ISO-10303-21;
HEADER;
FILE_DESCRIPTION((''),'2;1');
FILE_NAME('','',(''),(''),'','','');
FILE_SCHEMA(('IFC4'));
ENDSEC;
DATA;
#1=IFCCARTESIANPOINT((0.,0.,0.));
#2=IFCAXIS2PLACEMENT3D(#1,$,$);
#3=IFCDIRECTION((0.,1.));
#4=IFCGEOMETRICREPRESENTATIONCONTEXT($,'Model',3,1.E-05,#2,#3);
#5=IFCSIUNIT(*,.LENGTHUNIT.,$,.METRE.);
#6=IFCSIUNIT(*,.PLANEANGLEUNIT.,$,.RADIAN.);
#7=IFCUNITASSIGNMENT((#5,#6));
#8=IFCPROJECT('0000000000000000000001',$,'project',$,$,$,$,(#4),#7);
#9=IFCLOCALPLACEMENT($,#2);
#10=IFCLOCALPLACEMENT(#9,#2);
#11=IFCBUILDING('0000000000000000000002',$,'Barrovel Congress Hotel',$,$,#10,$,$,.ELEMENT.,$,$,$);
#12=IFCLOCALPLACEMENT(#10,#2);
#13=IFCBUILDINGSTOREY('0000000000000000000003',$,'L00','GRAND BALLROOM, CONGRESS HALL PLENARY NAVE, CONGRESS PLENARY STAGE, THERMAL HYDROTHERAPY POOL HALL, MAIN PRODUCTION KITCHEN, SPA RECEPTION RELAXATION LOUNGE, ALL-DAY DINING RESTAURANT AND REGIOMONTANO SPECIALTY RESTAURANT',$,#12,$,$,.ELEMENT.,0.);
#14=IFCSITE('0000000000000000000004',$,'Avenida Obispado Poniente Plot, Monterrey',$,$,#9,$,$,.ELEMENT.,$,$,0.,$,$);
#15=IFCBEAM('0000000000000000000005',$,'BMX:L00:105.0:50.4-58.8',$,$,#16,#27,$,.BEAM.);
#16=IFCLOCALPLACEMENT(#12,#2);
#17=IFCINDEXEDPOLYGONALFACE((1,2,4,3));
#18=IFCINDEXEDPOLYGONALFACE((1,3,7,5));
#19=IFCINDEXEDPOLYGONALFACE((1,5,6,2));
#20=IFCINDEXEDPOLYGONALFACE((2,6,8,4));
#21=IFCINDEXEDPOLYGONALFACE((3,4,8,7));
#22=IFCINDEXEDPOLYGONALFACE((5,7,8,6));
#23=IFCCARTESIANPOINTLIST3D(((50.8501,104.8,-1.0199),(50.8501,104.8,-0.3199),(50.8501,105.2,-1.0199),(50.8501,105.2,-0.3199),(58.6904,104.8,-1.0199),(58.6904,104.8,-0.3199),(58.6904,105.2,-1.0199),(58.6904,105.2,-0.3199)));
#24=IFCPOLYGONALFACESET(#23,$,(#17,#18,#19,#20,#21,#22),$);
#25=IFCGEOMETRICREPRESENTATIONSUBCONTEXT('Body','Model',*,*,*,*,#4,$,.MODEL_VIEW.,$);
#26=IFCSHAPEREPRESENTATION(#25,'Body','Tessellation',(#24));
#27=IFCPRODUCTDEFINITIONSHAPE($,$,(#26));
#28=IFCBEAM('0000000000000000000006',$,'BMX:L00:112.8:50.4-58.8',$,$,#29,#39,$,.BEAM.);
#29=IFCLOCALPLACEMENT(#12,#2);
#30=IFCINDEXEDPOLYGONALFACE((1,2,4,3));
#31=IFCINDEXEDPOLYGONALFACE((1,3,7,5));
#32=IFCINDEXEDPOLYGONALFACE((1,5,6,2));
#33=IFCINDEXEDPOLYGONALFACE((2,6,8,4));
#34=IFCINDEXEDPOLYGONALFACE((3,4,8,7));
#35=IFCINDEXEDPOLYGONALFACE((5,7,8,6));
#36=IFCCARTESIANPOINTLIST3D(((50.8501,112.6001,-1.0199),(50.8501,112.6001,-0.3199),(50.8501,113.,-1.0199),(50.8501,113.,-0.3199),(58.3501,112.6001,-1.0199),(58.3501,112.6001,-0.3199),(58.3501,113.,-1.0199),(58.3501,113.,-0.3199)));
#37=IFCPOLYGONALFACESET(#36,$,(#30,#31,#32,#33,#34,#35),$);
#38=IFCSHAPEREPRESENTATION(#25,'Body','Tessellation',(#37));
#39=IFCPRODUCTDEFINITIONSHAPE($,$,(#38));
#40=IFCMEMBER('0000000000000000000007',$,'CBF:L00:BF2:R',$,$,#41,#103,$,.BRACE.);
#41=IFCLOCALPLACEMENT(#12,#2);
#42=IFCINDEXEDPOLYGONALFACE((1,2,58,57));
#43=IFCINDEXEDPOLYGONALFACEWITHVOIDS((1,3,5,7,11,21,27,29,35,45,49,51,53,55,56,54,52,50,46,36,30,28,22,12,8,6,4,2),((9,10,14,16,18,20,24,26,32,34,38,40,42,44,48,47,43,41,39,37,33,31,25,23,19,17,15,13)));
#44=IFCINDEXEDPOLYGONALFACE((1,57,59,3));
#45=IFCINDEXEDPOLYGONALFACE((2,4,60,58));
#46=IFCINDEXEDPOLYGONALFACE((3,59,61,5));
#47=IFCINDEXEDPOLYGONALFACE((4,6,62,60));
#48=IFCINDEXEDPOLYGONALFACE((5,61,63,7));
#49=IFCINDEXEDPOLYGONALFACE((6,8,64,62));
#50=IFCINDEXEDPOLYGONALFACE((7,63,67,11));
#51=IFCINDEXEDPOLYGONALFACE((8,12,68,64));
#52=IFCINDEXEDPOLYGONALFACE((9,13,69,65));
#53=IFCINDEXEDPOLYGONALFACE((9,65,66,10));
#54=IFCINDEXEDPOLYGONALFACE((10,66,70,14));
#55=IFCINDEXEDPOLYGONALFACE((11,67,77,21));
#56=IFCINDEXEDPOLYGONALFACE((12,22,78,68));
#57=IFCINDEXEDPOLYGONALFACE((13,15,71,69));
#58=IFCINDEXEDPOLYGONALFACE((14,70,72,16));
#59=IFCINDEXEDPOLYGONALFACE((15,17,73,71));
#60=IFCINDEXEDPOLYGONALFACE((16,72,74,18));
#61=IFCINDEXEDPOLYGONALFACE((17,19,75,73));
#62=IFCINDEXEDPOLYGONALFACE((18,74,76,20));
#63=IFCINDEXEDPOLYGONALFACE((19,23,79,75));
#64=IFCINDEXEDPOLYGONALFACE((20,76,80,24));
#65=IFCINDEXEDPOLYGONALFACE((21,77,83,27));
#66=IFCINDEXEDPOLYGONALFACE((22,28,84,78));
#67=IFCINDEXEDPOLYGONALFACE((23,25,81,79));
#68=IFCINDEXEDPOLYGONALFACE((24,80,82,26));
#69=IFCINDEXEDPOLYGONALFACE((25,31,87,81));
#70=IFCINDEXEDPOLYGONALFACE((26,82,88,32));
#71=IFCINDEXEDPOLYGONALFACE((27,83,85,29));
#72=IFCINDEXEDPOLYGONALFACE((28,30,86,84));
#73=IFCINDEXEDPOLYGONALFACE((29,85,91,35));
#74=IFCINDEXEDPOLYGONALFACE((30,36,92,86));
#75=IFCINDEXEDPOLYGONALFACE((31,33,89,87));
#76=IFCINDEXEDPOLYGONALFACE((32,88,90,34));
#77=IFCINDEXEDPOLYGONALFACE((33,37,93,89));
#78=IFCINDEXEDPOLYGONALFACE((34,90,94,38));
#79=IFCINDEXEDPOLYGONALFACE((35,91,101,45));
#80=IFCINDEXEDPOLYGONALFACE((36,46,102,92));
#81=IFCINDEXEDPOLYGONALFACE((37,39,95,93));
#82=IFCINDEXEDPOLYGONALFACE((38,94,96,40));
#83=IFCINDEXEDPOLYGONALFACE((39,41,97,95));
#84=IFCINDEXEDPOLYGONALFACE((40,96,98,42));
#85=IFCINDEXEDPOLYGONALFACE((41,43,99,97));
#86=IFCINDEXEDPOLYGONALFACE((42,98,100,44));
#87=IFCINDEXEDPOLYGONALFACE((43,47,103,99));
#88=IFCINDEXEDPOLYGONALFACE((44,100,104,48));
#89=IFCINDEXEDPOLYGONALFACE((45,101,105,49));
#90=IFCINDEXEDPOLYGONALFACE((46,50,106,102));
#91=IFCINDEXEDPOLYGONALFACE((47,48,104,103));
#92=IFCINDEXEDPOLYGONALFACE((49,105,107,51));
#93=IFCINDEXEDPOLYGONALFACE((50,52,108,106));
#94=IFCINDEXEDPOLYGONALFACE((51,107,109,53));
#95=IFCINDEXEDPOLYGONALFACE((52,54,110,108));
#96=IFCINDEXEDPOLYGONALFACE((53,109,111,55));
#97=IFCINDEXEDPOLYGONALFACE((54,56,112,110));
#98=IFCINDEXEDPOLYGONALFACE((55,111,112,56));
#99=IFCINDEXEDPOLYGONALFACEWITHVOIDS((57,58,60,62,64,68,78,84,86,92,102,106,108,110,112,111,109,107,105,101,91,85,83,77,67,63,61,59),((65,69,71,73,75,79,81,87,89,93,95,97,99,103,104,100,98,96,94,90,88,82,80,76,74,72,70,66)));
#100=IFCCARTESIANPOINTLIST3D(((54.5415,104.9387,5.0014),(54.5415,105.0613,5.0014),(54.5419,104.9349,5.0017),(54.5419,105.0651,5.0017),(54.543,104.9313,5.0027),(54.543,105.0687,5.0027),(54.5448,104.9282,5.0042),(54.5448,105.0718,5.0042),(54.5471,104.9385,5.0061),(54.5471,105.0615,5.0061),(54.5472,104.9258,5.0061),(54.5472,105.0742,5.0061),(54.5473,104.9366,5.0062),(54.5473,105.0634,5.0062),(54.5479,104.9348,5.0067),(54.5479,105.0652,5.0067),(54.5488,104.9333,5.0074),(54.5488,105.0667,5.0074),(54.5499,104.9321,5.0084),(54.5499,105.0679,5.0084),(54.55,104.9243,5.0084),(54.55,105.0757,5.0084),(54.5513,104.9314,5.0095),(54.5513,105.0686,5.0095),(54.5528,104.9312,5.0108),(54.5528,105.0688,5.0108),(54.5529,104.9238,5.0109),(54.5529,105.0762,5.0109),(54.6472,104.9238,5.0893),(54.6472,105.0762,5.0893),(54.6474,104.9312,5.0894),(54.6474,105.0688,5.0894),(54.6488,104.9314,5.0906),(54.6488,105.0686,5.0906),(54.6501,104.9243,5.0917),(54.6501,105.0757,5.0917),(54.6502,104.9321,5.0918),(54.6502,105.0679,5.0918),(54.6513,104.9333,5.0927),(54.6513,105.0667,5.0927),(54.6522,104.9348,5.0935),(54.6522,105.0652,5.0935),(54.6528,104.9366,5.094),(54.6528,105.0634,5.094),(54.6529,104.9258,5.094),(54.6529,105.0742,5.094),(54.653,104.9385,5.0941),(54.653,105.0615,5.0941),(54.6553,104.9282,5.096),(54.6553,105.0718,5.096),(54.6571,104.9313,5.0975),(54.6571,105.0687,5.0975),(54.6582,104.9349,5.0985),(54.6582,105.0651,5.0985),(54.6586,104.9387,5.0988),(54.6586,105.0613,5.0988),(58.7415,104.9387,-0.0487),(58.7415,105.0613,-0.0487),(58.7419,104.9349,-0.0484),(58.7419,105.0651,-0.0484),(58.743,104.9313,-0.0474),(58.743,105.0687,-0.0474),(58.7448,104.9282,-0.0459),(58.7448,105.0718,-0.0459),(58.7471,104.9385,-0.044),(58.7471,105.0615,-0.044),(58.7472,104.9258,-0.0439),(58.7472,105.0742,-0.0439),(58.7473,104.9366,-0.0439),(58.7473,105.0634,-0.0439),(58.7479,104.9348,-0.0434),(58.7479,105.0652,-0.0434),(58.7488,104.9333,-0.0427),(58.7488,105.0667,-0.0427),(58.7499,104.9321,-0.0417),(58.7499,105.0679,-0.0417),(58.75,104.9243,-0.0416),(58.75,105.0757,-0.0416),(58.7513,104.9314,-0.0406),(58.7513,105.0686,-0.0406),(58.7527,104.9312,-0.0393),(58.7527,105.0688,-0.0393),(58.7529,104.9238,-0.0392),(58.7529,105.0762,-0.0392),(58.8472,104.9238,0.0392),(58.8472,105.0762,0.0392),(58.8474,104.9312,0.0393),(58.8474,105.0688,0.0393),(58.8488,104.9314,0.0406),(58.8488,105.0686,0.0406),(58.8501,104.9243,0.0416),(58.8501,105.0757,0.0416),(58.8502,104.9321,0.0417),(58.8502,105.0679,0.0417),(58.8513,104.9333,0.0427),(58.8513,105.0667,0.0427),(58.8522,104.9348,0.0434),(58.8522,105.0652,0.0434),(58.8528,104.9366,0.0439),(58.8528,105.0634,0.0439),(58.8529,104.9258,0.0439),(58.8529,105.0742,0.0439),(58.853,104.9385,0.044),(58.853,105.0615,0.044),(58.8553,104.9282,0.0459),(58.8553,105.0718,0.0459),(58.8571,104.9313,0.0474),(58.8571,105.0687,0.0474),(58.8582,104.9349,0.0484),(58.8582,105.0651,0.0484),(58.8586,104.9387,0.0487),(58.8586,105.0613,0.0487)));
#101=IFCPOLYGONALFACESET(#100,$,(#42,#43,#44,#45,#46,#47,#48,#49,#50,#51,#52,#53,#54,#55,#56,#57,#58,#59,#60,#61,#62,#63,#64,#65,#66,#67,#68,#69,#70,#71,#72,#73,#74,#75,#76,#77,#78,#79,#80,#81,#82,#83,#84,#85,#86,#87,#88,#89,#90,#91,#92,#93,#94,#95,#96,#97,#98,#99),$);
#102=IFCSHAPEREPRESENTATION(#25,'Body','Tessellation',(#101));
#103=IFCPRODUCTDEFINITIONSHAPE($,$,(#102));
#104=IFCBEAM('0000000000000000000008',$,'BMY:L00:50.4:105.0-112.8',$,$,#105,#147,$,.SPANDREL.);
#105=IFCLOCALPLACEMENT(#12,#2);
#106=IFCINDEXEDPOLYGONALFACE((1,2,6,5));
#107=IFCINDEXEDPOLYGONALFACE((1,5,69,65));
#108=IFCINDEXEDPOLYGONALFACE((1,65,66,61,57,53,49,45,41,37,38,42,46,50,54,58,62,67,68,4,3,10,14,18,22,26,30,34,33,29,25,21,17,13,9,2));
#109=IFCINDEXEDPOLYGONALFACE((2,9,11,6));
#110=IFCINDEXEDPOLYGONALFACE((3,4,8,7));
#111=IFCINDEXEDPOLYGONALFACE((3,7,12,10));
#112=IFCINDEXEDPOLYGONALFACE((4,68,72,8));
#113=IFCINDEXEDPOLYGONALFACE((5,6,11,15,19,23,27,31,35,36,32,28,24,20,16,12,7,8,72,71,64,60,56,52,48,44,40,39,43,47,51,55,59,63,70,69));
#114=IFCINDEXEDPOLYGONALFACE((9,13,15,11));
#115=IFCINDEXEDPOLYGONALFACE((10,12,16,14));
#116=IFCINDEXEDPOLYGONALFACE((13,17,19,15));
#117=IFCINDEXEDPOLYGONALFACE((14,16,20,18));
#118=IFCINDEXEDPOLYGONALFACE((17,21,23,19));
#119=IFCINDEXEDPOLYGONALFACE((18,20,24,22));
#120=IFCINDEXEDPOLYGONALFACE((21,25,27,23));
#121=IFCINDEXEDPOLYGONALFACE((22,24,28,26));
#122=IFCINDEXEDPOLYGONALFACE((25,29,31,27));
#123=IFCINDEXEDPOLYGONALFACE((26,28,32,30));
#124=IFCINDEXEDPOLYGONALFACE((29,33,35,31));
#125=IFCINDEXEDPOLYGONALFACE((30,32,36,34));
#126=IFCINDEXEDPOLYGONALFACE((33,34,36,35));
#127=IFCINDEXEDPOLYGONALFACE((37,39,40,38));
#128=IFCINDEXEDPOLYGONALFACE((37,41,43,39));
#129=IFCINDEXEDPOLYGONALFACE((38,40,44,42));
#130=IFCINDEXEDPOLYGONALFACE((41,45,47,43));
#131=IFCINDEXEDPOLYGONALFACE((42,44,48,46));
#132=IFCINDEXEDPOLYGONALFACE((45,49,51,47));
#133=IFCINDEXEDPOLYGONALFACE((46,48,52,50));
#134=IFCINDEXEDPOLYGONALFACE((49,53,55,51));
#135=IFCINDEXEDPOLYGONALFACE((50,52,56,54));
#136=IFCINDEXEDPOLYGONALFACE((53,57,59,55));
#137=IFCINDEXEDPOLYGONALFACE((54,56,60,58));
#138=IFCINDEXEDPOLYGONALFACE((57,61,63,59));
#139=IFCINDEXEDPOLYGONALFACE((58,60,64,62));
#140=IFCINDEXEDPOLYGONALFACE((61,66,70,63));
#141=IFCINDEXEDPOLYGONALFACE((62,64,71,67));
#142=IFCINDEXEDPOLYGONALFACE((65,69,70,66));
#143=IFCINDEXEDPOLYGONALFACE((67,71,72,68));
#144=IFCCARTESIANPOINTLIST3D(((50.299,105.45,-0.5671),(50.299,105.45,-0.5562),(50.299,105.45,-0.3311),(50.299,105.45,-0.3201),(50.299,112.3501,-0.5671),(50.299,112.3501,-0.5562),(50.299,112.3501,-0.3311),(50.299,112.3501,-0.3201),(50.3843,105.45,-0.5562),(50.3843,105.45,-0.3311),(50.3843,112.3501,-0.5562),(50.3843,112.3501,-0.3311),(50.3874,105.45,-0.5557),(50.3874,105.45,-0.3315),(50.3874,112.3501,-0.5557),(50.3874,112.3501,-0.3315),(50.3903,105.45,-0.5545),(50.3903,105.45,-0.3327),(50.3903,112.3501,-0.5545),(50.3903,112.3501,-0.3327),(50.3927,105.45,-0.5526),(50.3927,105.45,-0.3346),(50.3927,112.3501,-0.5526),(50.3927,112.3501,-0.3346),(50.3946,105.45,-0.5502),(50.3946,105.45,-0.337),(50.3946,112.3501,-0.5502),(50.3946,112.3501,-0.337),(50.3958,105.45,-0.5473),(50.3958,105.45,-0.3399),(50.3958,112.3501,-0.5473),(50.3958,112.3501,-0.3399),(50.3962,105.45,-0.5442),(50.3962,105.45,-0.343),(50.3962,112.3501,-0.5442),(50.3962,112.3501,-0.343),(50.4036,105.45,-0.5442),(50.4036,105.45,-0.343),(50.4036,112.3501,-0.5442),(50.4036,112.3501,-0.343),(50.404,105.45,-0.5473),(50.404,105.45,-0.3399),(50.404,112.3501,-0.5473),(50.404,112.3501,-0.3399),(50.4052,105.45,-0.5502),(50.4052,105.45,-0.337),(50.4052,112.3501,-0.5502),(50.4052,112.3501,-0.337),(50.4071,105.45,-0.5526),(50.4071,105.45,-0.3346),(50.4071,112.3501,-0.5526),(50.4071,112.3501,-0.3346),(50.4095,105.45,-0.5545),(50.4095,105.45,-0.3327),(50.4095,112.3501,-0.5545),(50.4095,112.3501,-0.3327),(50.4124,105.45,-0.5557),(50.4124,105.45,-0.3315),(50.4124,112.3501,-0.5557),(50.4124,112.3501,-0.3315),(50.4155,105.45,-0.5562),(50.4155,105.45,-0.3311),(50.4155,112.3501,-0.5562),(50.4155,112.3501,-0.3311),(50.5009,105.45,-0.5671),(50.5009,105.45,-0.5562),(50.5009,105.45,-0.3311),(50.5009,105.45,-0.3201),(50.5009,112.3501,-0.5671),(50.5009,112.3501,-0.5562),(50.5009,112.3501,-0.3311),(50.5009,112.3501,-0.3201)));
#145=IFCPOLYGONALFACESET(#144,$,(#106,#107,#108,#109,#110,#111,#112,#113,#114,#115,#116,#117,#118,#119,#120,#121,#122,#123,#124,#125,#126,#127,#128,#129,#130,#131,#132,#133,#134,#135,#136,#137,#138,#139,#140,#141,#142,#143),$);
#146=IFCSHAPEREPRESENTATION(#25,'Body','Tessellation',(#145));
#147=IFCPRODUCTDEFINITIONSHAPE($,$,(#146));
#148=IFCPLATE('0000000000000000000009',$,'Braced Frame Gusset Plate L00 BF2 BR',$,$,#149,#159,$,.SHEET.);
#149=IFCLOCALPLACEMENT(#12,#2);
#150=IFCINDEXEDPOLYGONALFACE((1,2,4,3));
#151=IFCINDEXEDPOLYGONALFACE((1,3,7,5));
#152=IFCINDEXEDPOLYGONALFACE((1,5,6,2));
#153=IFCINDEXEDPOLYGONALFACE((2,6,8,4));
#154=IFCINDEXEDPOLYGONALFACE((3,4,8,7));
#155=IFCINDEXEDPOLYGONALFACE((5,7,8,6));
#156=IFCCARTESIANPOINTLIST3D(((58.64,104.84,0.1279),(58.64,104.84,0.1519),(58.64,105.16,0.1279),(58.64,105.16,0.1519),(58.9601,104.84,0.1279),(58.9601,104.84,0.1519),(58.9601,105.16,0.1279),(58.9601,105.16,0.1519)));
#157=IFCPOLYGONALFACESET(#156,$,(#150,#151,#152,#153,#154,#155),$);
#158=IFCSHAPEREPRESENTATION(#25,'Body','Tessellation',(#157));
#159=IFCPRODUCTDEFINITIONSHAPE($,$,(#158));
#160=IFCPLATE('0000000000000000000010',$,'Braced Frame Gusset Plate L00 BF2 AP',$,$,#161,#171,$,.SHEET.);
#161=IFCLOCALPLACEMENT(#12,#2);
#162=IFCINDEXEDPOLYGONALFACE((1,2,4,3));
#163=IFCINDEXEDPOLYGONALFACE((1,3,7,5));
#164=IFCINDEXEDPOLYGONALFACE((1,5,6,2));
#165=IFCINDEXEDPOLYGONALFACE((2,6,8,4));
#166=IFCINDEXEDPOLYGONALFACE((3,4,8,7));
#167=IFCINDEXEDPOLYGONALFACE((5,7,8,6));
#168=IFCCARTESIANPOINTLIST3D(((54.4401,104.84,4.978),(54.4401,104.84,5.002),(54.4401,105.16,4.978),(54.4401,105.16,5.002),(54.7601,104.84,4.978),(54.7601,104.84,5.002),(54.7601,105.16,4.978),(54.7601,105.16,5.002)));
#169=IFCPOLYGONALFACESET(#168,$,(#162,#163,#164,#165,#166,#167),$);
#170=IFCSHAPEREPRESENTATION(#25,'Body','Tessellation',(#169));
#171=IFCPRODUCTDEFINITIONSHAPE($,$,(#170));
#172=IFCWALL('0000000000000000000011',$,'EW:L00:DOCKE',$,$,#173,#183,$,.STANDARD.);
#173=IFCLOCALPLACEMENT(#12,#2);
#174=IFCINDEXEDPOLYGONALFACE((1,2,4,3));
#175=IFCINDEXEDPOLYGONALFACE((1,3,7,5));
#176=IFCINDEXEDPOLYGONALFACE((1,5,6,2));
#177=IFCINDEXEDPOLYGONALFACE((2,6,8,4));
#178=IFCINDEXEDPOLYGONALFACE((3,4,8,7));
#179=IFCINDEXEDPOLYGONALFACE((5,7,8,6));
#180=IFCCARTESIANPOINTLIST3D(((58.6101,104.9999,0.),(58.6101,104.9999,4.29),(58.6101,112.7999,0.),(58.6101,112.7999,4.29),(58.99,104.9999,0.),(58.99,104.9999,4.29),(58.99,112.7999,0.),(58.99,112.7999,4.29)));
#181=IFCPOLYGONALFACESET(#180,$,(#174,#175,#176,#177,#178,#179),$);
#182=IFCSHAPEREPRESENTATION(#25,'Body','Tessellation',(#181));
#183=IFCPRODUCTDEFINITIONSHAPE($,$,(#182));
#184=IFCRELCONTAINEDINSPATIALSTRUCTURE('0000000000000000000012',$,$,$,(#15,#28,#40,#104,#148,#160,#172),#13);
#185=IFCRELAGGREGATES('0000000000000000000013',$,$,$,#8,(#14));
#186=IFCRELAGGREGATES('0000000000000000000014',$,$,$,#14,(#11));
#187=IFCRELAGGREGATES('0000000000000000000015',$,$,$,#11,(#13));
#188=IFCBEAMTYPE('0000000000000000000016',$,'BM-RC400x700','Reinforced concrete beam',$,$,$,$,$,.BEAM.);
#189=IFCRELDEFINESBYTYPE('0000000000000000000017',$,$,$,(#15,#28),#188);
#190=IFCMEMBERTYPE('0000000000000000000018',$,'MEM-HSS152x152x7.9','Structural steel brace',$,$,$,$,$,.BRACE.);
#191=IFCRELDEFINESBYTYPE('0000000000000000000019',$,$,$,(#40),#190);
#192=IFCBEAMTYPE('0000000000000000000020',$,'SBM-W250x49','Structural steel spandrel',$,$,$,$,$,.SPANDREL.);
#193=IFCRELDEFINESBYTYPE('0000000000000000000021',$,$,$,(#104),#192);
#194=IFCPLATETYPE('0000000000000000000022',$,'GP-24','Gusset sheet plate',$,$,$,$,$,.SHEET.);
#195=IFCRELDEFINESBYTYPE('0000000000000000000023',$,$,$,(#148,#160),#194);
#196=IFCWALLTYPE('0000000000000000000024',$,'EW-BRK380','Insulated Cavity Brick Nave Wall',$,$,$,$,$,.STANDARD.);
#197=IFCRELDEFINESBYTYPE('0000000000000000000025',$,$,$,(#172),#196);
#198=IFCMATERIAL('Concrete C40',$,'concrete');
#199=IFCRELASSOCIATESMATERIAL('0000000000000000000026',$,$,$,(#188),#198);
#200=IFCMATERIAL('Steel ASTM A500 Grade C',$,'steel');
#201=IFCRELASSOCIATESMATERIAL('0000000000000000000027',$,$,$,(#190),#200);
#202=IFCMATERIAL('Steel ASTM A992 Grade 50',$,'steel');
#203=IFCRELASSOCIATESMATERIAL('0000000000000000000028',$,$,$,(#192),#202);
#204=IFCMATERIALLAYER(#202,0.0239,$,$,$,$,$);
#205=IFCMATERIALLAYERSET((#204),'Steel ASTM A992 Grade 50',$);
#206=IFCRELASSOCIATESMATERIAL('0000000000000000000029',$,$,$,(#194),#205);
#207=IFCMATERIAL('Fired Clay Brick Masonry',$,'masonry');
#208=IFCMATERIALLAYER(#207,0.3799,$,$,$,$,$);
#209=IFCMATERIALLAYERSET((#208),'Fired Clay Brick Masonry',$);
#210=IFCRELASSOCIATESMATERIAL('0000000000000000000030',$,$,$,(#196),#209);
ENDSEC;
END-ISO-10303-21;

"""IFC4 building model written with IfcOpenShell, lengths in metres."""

from ifc_helpers import new_model, si_unit, direction, frame, frame_2d, origin, origin_2d, place, context, subcontext, project, spatial, rectangle, hollow_rectangle, i_section, extrude, material, layer, layer_set, material_profile, profile_set, type_object, element, save


model = new_model("IFC4")

# Units and contexts
model_context = context("Model", 3, precision=1e-05, world=origin(), true_north=direction((0.0, 1.0)))
body_context = subcontext(model_context, "Body", "Model", "MODEL_VIEW")
ifc_project = project(units=[si_unit("LENGTHUNIT", "METRE"), si_unit("PLANEANGLEUNIT", "RADIAN")], contexts=[model_context])

# Site, building, storey
site_placement = place(None, origin())
site = spatial("IfcSite", under=ifc_project, at=site_placement, Name="Avenida Obispado Poniente Plot, Monterrey", CompositionType="ELEMENT", RefElevation=0.0)
building_placement = place(site_placement, origin())
building = spatial("IfcBuilding", under=site, at=building_placement, Name="Barrovel Congress Hotel", CompositionType="ELEMENT")
storey_placement = place(building_placement, origin())
storey = spatial("IfcBuildingStorey", under=building, at=storey_placement, Name="L00", Description="GRAND BALLROOM, CONGRESS HALL PLENARY NAVE, CONGRESS PLENARY STAGE, THERMAL HYDROTHERAPY POOL HALL, MAIN PRODUCTION KITCHEN, SPA RECEPTION RELAXATION LOUNGE, ALL-DAY DINING RESTAURANT AND REGIOMONTANO SPECIALTY RESTAURANT", CompositionType="ELEMENT", Elevation=0.0)

# Shared definitions
ifc_material_1 = material(Name="Concrete C40", Category="concrete")

# Shared definitions
ifc_material_2 = material(Name="Steel ASTM A500 Grade C", Category="steel")

# Beams
ifc_material_profile_1 = material_profile(ifc_material_1, rectangle(XDim=0.3999, YDim=0.7, at=origin_2d()), Name="RC400x700")
ifc_profile_set_1 = profile_set([ifc_material_profile_1], Name="Concrete C40")
beam_type_1 = type_object("IfcBeamType", Name="BM-RC400x700", Description="Reinforced concrete beam", PredefinedType="BEAM", material=ifc_profile_set_1)
beam_1_placement = place(storey_placement, frame((50.8501, 105.0, -0.6699), z_axis=(1.0, 0.0, 0.0), x_axis=(0.0, 1.0, 0.0)))
element("IfcBeam", 1, at=beam_1_placement, inside=storey, type_object=beam_type_1, Name="BMX:L00:105.0:50.4-58.8", PredefinedType="BEAM", context=body_context, shape_type="SweptSolid", body=[
    extrude(rectangle(XDim=0.3999, YDim=0.7, at=origin_2d()), origin(), (0.0, 0.0, 1.0), 7.8403),
])
beam_2_placement = place(storey_placement, frame((50.8501, 112.8, -0.6699), z_axis=(1.0, 0.0, 0.0), x_axis=(0.0, 1.0, 0.0)))
element("IfcBeam", 2, at=beam_2_placement, inside=storey, type_object=beam_type_1, Name="BMX:L00:112.8:50.4-58.8", PredefinedType="BEAM", context=body_context, shape_type="SweptSolid", body=[
    extrude(rectangle(XDim=0.3999, YDim=0.7, at=origin_2d()), origin(), (0.0, 0.0, 1.0), 7.5),
])

# Member
ifc_material_profile_2 = material_profile(ifc_material_2, hollow_rectangle(XDim=0.1523, YDim=0.1523, WallThickness=0.0073, InnerFilletRadius=0.0073, OuterFilletRadius=0.0149, at=origin_2d()), Name="HSS152x152x7.9")
ifc_profile_set_2 = profile_set([ifc_material_profile_2], Name="Steel ASTM A500 Grade C")
member_type = type_object("IfcMemberType", Name="MEM-HSS152x152x7.9", Description="Structural steel brace", PredefinedType="BRACE", material=ifc_profile_set_2)
member_placement = place(storey_placement, frame((58.8, 105.0, 0.0), z_axis=(-0.639427, 0.0, 0.768852), x_axis=(0.0, -1.0, 0.0)))
element("IfcMember", 3, at=member_placement, inside=storey, type_object=member_type, Name="CBF:L00:BF2:R", PredefinedType="BRACE", context=body_context, shape_type="SweptSolid", body=[
    extrude(hollow_rectangle(XDim=0.1523, YDim=0.1523, WallThickness=0.0073, InnerFilletRadius=0.0073, OuterFilletRadius=0.0149, at=origin_2d()), origin(), (0.0, 0.0, 1.0), 6.5684),
])

# Beam
ifc_material_3 = material(Name="Steel ASTM A992 Grade 50", Category="steel")
ifc_material_profile_3 = material_profile(ifc_material_3, i_section(OverallWidth=0.2019, OverallDepth=0.2471, WebThickness=0.0073, FlangeThickness=0.011, FilletRadius=0.012, at=origin_2d()), Name="W250x49")
ifc_profile_set_3 = profile_set([ifc_material_profile_3], Name="Steel ASTM A992 Grade 50")
beam_type_2 = type_object("IfcBeamType", Name="SBM-W250x49", Description="Structural steel spandrel", PredefinedType="SPANDREL", material=ifc_profile_set_3)
beam_3_placement = place(storey_placement, frame((50.3999, 105.45, -0.4436), z_axis=(0.0, 1.0, 0.0), x_axis=(-1.0, 0.0, 0.0)))
element("IfcBeam", 4, at=beam_3_placement, inside=storey, type_object=beam_type_2, Name="BMY:L00:50.4:105.0-112.8", PredefinedType="SPANDREL", context=body_context, shape_type="SweptSolid", body=[
    extrude(i_section(OverallWidth=0.2019, OverallDepth=0.2471, WebThickness=0.0073, FlangeThickness=0.011, FilletRadius=0.012, at=origin_2d()), origin(), (0.0, 0.0, 1.0), 6.9001),
])

# Plates
ifc_layer_1 = layer(ifc_material_3, 0.0239)
ifc_layer_set_1 = layer_set([ifc_layer_1], Name="Steel ASTM A992 Grade 50")
plate_type = type_object("IfcPlateType", Name="GP-24", Description="Gusset sheet plate", PredefinedType="SHEET", material=ifc_layer_set_1)
for number, where, z_axis, x_axis, name in (
    (5, (58.8, 105.0, 0.1279), (0.0, 0.0, 1.0), (1.0, 0.0, 0.0), "Braced Frame Gusset Plate L00 BF2 BR"),
    (6, (54.6001, 105.0, 4.978), (0.0, 0.0, 1.0), (1.0, 0.0, 0.0), "Braced Frame Gusset Plate L00 BF2 AP"),
):
    element("IfcPlate", number, at=place(storey_placement, frame(where, z_axis=z_axis, x_axis=x_axis)), inside=storey, type_object=plate_type, Name=name, PredefinedType="SHEET", context=body_context, shape_type="SweptSolid", body=[
        extrude(rectangle(XDim=0.3201, YDim=0.3201, at=origin_2d()), origin(), (0.0, 0.0, 1.0), 0.0239),
    ])

# Shared definitions
ifc_material_4 = material(Name="Fired Clay Brick Masonry", Category="masonry")
ifc_layer_2 = layer(ifc_material_4, 0.3799)
ifc_layer_set_2 = layer_set([ifc_layer_2], Name="Fired Clay Brick Masonry")
wall_type = type_object("IfcWallType", Name="EW-BRK380", Description="Insulated Cavity Brick Nave Wall", PredefinedType="STANDARD", material=ifc_layer_set_2)

# Wall
wall_1_placement = place(storey_placement, frame((58.8, 105.0, 0.0), z_axis=(0.0, 0.0, 1.0), x_axis=(0.0, 1.0, 0.0)))
element("IfcWall", 7, at=wall_1_placement, inside=storey, type_object=wall_type, Name="EW:L00:DOCKE", PredefinedType="STANDARD", context=body_context, shape_type="SweptSolid", body=[
    extrude(rectangle(XDim=7.8, YDim=0.3799, at=frame_2d((3.8999, 0.0))), origin(), (0.0, 0.0, 1.0), 4.29),
])

save(model, "model.ifc")
